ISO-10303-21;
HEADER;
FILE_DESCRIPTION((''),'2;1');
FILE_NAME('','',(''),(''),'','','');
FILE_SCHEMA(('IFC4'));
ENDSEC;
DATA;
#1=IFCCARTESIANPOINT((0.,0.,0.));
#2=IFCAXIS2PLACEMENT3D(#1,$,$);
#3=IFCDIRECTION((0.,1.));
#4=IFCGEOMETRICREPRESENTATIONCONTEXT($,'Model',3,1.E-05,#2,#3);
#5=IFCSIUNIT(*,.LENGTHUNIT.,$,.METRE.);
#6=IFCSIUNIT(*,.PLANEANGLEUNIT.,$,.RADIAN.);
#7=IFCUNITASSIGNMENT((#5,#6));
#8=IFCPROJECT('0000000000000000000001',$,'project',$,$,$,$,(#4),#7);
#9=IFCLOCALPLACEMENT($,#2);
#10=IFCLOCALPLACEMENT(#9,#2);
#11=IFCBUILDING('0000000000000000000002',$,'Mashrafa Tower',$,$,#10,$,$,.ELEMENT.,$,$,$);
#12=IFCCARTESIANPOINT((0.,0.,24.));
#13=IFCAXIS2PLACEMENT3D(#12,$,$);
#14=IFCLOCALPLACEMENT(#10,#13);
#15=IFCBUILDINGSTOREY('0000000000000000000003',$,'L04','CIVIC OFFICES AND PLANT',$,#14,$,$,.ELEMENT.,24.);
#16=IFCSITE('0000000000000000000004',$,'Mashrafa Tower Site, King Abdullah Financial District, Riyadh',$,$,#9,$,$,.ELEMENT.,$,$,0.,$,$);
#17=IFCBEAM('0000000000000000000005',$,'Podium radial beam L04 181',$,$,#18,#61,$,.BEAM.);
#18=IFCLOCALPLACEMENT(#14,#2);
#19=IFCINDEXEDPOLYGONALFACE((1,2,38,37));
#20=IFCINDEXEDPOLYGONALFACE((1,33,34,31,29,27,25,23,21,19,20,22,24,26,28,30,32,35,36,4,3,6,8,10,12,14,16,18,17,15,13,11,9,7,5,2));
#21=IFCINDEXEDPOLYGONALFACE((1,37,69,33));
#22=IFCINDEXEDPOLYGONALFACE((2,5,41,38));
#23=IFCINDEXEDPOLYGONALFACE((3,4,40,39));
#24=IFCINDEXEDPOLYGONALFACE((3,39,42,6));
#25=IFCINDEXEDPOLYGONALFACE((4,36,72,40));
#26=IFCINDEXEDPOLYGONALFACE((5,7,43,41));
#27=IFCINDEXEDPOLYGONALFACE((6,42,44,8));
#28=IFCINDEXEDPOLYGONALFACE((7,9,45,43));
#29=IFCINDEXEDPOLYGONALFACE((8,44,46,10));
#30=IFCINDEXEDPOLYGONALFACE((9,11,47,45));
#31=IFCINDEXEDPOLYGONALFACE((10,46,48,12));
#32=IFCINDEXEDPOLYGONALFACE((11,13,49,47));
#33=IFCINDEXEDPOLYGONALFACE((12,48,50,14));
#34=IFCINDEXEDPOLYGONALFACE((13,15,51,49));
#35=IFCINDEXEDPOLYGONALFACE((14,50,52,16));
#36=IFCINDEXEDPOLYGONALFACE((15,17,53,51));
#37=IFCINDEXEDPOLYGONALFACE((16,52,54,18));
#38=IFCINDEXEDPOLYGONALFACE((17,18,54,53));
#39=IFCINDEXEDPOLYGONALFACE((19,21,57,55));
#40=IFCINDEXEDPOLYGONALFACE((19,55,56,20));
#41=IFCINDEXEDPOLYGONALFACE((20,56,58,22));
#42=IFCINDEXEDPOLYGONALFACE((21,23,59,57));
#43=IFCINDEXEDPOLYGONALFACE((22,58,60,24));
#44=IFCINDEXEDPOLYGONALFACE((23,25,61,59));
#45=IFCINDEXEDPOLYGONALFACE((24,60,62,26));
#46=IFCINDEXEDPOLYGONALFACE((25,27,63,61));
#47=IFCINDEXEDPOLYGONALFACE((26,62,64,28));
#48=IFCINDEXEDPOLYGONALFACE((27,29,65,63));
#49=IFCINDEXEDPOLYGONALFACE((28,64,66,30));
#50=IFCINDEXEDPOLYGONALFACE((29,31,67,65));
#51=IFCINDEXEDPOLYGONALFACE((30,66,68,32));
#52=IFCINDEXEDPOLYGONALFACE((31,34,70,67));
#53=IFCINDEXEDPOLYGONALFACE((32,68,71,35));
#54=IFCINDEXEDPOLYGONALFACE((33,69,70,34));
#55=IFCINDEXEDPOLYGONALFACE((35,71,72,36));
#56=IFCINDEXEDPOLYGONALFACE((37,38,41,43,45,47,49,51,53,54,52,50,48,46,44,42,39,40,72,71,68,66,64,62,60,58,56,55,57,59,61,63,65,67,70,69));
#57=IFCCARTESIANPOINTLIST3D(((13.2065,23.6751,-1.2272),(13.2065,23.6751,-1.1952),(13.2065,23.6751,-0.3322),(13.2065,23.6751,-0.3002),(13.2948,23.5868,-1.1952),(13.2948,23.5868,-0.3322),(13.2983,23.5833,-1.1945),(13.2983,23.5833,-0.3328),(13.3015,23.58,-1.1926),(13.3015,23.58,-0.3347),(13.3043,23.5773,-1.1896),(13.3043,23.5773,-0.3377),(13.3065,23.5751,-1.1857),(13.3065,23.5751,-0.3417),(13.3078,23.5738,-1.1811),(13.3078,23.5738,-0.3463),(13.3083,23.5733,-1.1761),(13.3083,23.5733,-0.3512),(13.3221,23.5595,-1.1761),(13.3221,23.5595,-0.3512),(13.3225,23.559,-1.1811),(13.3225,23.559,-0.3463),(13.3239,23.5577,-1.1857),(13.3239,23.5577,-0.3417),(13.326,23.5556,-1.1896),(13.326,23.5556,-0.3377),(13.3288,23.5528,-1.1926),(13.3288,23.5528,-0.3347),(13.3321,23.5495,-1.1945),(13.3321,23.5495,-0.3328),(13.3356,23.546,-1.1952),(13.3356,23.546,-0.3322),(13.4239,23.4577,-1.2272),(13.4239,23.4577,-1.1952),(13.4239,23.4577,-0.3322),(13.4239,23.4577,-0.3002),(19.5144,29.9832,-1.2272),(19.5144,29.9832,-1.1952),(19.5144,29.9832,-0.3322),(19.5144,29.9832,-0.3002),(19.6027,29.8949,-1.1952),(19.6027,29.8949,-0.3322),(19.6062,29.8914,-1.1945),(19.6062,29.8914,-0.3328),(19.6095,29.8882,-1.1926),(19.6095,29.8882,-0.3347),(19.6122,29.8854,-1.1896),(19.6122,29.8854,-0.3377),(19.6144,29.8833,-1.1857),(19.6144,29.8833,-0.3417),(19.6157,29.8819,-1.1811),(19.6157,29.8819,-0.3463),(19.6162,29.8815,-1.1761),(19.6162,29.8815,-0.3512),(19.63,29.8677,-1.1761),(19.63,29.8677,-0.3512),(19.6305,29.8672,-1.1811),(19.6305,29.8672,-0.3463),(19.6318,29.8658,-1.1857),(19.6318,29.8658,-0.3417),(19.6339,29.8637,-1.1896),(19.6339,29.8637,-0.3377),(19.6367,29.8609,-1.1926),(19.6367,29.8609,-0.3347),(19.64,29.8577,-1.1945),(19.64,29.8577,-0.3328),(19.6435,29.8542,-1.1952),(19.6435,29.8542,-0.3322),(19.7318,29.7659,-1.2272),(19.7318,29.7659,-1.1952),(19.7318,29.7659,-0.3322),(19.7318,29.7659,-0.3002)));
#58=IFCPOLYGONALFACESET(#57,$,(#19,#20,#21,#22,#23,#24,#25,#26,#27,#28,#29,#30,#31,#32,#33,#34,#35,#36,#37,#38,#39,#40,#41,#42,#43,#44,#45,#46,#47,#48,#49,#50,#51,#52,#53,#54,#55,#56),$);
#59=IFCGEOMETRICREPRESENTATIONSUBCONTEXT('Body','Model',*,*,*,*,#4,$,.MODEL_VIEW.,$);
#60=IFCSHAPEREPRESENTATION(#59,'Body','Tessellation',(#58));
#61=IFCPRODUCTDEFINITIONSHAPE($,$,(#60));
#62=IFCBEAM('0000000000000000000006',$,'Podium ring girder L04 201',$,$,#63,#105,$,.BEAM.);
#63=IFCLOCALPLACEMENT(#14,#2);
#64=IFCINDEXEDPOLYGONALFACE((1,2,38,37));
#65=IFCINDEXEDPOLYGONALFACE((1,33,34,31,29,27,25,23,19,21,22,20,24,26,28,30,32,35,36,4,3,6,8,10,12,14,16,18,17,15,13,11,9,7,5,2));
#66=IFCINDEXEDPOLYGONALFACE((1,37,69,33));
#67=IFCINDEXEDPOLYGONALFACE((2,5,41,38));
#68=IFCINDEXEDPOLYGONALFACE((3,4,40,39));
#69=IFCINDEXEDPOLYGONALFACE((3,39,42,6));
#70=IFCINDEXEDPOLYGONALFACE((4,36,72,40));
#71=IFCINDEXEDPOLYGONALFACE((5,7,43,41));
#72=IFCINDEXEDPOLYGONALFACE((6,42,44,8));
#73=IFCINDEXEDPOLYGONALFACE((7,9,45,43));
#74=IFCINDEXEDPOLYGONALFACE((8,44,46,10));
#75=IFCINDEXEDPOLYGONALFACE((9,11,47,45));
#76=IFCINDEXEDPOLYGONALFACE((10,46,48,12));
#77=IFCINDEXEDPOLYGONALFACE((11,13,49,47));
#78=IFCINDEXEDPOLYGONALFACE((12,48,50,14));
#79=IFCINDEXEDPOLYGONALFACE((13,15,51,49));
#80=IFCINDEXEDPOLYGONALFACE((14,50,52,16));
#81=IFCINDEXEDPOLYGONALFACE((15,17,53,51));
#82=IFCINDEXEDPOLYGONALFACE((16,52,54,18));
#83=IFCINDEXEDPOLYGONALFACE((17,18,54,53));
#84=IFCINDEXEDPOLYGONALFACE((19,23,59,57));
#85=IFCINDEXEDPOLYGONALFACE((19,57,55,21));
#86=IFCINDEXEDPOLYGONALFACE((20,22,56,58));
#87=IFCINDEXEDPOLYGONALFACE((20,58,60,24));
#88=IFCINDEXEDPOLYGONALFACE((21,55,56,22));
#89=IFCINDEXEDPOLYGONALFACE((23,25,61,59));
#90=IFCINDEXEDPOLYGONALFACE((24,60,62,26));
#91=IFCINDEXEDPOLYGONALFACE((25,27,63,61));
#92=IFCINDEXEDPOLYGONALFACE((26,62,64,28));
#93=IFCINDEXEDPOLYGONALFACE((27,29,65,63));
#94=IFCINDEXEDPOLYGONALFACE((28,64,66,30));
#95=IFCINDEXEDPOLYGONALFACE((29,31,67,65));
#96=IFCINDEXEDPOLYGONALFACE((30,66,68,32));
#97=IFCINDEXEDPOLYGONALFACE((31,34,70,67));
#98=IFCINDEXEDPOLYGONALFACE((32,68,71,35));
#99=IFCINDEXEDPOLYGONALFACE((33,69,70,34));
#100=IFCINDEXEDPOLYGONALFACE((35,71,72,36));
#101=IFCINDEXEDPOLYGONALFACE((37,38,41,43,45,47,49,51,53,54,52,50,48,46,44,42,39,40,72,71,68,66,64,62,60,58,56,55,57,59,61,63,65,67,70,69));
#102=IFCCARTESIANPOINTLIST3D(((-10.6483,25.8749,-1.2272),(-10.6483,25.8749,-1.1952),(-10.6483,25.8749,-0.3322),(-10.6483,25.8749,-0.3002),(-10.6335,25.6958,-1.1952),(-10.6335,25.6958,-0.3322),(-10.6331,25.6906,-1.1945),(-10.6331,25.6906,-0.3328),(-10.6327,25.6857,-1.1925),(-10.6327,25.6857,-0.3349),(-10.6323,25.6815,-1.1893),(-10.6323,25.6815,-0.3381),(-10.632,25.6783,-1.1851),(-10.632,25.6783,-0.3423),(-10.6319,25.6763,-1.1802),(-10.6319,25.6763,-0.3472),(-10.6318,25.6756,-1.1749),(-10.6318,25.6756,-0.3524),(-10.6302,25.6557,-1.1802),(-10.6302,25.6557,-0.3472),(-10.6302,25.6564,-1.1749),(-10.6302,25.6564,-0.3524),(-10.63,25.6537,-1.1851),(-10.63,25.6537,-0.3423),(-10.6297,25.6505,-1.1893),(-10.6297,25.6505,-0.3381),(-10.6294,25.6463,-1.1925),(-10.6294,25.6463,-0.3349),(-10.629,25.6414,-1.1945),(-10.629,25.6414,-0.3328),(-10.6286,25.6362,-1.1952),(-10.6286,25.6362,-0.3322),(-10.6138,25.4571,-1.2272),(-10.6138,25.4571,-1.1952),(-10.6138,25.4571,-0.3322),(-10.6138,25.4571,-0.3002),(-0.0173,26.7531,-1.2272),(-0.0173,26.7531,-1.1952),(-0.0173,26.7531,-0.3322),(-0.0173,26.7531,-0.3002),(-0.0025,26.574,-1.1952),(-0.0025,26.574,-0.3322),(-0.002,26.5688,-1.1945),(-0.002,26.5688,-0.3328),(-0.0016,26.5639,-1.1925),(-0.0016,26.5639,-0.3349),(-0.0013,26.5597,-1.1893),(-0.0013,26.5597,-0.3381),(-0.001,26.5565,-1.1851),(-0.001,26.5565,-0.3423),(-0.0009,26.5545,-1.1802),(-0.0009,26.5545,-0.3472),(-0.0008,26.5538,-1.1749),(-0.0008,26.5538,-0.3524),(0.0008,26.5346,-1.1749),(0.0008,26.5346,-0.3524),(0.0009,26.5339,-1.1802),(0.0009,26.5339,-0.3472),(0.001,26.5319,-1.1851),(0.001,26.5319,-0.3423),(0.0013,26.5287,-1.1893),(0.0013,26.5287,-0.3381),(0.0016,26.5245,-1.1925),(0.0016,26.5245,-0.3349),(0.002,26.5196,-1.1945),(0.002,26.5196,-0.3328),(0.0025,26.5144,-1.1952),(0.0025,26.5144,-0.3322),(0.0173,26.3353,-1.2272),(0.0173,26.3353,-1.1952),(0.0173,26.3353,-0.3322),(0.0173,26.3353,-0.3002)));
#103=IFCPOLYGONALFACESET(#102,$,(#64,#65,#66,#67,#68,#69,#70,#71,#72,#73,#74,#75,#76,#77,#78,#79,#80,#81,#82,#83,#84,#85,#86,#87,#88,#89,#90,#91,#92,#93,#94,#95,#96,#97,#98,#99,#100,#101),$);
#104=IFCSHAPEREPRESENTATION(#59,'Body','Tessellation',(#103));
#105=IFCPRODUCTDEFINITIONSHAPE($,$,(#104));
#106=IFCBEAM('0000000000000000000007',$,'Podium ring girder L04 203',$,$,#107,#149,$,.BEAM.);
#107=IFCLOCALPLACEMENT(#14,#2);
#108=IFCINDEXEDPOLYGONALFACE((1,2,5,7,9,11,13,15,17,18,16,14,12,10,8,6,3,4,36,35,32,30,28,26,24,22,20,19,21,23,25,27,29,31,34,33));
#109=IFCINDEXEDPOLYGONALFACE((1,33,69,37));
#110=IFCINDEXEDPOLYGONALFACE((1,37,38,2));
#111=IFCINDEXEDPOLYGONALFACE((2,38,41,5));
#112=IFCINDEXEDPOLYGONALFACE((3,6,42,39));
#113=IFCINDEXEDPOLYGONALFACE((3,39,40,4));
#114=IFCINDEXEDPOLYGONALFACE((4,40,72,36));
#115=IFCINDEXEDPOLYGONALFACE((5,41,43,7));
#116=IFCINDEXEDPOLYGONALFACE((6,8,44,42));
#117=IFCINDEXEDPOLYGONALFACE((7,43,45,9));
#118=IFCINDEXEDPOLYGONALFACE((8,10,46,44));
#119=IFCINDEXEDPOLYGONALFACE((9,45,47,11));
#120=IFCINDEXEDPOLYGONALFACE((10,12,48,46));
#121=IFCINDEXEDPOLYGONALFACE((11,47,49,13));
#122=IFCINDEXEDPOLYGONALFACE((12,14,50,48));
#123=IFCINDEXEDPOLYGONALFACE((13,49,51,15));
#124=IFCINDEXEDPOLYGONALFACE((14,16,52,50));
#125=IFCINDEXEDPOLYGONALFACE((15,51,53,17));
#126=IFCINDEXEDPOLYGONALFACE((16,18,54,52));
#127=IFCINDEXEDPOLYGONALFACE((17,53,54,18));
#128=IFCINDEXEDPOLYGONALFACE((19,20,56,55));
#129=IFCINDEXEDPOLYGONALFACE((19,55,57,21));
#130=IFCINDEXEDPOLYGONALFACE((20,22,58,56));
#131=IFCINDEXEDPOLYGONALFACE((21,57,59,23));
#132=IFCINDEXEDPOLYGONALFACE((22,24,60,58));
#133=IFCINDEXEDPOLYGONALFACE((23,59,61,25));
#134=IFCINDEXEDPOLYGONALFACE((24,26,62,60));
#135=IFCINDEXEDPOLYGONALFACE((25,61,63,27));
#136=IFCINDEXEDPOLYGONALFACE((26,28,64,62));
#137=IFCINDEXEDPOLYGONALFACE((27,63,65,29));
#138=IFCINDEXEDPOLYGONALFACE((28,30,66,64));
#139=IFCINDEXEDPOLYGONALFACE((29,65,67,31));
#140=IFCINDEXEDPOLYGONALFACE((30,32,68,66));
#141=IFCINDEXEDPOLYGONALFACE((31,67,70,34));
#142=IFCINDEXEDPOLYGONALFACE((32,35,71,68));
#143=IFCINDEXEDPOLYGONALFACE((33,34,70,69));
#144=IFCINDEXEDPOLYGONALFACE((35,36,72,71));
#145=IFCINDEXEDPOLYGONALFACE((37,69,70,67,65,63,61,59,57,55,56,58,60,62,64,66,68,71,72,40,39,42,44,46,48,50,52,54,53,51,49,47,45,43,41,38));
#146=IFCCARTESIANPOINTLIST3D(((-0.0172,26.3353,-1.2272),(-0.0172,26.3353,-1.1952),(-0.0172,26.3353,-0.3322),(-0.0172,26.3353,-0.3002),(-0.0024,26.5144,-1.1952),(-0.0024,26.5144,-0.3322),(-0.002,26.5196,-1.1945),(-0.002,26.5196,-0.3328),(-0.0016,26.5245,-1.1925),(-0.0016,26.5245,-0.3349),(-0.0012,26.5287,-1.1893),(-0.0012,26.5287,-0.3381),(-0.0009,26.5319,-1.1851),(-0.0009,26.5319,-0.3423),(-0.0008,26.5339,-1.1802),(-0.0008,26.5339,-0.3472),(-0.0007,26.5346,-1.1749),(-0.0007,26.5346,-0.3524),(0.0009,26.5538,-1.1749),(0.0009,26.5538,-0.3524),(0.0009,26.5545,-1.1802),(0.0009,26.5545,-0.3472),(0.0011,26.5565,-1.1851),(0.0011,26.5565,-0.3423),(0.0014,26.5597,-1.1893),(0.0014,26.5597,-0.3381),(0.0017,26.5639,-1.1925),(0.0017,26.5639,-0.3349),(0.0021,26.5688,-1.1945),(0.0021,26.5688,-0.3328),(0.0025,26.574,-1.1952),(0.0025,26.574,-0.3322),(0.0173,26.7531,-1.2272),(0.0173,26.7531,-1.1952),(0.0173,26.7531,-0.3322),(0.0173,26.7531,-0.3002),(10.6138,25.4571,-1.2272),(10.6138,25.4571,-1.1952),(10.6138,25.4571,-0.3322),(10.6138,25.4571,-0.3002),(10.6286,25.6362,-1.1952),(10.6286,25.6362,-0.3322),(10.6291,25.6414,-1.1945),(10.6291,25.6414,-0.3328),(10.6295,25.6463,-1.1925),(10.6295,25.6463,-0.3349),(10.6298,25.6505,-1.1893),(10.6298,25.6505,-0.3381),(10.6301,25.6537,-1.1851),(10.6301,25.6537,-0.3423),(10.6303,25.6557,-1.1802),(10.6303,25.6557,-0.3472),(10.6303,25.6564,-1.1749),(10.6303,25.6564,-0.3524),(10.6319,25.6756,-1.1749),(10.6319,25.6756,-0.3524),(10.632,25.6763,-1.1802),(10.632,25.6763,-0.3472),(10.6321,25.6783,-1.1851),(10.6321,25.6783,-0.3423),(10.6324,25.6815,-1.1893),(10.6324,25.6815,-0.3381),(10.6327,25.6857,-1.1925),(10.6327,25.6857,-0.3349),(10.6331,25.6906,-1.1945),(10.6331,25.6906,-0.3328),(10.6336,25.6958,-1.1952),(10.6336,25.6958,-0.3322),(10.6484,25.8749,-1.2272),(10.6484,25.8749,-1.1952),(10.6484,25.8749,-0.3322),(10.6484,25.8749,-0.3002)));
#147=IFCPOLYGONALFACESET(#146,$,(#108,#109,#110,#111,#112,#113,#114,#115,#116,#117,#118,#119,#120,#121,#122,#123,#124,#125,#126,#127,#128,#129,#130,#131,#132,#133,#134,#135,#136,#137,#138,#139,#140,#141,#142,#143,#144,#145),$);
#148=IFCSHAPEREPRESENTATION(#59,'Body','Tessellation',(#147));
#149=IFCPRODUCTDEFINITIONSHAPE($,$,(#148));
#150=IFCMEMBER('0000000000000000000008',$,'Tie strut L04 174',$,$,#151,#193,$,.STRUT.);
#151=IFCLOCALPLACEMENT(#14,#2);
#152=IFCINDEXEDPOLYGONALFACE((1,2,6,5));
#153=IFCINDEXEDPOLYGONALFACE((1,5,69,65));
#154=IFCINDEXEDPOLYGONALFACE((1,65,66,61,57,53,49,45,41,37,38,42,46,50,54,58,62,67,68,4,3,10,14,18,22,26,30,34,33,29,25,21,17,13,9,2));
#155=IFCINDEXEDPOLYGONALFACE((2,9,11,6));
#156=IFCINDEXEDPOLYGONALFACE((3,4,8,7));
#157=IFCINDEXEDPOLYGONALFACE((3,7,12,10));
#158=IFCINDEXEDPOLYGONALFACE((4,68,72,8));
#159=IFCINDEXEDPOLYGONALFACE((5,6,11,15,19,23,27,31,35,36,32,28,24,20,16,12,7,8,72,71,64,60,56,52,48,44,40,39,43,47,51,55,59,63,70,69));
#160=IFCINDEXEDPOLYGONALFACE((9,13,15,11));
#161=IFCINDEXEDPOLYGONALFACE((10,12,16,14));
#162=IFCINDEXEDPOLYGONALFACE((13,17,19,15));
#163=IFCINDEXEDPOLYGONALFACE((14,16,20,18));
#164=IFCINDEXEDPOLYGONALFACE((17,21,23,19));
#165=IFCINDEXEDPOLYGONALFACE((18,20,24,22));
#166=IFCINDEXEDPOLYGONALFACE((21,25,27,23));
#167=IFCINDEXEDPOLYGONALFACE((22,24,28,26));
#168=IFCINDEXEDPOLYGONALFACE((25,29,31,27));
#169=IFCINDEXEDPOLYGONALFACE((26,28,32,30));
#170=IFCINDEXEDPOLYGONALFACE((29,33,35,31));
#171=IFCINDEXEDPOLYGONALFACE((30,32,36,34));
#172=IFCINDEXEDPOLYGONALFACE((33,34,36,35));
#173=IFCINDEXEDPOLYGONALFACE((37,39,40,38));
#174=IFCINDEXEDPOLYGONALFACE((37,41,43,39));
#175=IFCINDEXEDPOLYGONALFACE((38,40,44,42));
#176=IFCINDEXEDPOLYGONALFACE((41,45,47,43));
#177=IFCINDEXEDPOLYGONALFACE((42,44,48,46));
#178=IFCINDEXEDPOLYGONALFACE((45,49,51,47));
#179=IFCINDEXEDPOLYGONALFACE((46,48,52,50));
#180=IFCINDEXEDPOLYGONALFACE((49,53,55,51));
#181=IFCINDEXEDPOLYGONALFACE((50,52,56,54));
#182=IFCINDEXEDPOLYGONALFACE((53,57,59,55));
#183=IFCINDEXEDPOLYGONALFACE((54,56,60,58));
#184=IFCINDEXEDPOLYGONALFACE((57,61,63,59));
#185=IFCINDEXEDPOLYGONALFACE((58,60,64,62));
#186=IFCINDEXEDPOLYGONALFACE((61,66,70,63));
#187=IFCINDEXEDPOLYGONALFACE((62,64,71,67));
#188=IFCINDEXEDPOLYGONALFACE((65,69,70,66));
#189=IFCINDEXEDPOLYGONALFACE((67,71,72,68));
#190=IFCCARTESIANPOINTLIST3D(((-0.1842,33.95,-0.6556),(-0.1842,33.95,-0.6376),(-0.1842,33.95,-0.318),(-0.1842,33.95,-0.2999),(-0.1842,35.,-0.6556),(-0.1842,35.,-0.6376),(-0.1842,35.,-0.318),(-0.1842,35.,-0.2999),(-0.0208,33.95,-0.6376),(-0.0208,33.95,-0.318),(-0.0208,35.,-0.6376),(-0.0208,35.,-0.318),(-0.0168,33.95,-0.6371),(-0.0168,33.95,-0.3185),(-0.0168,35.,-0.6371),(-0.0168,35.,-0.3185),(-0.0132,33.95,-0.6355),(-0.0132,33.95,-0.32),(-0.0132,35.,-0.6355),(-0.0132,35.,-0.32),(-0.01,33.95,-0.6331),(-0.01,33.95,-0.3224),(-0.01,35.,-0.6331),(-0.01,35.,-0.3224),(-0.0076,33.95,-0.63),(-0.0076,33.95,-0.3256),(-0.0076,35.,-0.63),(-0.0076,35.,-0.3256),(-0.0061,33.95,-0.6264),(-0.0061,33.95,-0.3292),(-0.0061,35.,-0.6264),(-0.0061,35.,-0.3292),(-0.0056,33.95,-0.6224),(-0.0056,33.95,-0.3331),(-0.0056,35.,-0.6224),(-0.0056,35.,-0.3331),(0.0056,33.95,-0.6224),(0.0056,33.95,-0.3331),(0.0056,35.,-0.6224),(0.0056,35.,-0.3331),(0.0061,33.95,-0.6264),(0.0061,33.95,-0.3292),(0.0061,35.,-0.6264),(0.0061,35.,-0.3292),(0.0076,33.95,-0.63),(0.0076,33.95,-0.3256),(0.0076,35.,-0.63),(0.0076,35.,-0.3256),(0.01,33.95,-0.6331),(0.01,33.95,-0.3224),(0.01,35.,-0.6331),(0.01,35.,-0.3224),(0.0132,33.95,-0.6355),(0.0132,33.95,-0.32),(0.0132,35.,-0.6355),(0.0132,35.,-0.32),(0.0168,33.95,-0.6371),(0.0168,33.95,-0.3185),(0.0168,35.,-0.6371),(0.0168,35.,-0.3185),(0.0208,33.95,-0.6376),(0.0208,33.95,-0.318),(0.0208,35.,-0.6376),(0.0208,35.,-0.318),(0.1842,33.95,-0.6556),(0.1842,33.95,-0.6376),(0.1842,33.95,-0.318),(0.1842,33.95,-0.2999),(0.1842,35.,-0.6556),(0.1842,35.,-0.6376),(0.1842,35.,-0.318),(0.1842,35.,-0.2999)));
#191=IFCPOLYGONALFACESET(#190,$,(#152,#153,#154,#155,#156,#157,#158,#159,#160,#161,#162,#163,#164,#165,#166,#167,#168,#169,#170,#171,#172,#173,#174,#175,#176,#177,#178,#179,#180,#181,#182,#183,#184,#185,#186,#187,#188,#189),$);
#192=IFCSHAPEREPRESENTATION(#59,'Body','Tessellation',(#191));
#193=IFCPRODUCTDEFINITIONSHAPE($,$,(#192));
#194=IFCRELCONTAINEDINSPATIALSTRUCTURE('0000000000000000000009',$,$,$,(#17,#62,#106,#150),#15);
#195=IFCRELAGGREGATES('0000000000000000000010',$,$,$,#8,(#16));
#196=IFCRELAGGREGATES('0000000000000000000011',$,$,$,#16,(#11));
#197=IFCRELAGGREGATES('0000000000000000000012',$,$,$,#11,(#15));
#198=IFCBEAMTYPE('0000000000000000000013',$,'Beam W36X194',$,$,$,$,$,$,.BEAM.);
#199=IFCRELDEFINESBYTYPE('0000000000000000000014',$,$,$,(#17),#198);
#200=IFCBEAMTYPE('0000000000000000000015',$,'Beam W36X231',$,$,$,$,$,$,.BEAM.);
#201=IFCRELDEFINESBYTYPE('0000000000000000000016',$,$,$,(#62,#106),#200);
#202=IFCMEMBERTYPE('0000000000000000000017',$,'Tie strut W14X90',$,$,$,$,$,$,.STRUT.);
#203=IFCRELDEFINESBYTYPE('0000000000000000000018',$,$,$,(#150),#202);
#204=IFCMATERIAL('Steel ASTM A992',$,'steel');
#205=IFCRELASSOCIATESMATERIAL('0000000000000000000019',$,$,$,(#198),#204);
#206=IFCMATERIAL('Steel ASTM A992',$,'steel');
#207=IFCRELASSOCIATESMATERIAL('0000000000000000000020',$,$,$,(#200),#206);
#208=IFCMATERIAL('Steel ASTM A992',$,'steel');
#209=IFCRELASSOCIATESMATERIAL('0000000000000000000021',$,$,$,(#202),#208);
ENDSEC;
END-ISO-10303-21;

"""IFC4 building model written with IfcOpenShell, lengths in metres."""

from ifc_helpers import new_model, si_unit, direction, frame, origin, origin_2d, place, context, subcontext, project, spatial, i_section, extrude, source, transform, mapped, material, material_profile, profile_set, type_object, element, save


model = new_model("IFC4")

# Units and contexts
model_context = context("Model", 3, precision=1e-05, world=origin(), true_north=direction((0.0, 1.0)))
body_context = subcontext(model_context, "Body", "Model", "MODEL_VIEW")
ifc_project = project(units=[si_unit("LENGTHUNIT", "METRE"), si_unit("PLANEANGLEUNIT", "RADIAN")], contexts=[model_context])

# Site, building, storey
site_placement = place(None, origin())
site = spatial("IfcSite", under=ifc_project, at=site_placement, Name="Mashrafa Tower Site, King Abdullah Financial District, Riyadh", CompositionType="ELEMENT", RefElevation=0.0)
building_placement = place(site_placement, origin())
building = spatial("IfcBuilding", under=site, at=building_placement, Name="Mashrafa Tower", CompositionType="ELEMENT")
storey_placement = place(building_placement, frame((0.0, 0.0, 24.0)))
storey = spatial("IfcBuildingStorey", under=building, at=storey_placement, Name="L04", Description="CIVIC OFFICES AND PLANT", CompositionType="ELEMENT", Elevation=24.0)

# Beams
ifc_material_1 = material(Name="Steel ASTM A992", Category="steel")
ifc_material_profile_1 = material_profile(ifc_material_1, i_section(OverallWidth=0.3074, OverallDepth=0.927, WebThickness=0.0195, FlangeThickness=0.032, FilletRadius=0.019, at=origin_2d()), Name="W36X194")
ifc_profile_set_1 = profile_set([ifc_material_profile_1], Name="Steel ASTM A992")
beam_type_1 = type_object("IfcBeamType", Name="Beam W36X194", PredefinedType="BEAM", material=ifc_profile_set_1)
beam_1_placement = place(storey_placement, frame((13.3152, 23.5664, -0.7637), z_axis=(0.707093, 0.70712, 0.0), x_axis=(-0.70712, 0.707093, 0.0)))
element("IfcBeam", 1, at=beam_1_placement, inside=storey, type_object=beam_type_1, Name="Podium radial beam L04 181", PredefinedType="BEAM", context=body_context, shape_type="SweptSolid", body=[
    extrude(i_section(OverallWidth=0.3074, OverallDepth=0.927, WebThickness=0.0195, FlangeThickness=0.032, FilletRadius=0.019, at=origin_2d()), origin(), (0.0, 0.0, 1.0), 8.9209),
])
ifc_material_2 = material(Name="Steel ASTM A992", Category="steel")
ifc_material_profile_2 = material_profile(ifc_material_2, i_section(OverallWidth=0.4192, OverallDepth=0.927, WebThickness=0.0193, FlangeThickness=0.032, FilletRadius=0.0203, at=origin_2d()), Name="W36X231")
ifc_profile_set_2 = profile_set([ifc_material_profile_2], Name="Steel ASTM A992")
beam_type_2 = type_object("IfcBeamType", Name="Beam W36X231", PredefinedType="BEAM", material=ifc_profile_set_2)
for number, where, z_axis, x_axis, name in (
    (2, (0.0, 26.5442, -0.7637), (-0.996606, -0.082324, 0.0), (0.082324, -0.996606, 0.0), "Podium ring girder L04 201"),
    (3, (10.6311, 25.666, -0.7637), (-0.996606, 0.082324, 0.0), (-0.082324, -0.996606, 0.0), "Podium ring girder L04 203"),
):
    element("IfcBeam", number, at=place(storey_placement, frame(where, z_axis=z_axis, x_axis=x_axis)), inside=storey, type_object=beam_type_2, Name=name, PredefinedType="BEAM", context=body_context, shape_type="SweptSolid", body=[
        extrude(i_section(OverallWidth=0.4192, OverallDepth=0.927, WebThickness=0.0193, FlangeThickness=0.032, FilletRadius=0.0203, at=origin_2d()), origin(), (0.0, 0.0, 1.0), 10.6672),
    ])

# Member
ifc_material_3 = material(Name="Steel ASTM A992", Category="steel")
ifc_material_profile_3 = material_profile(ifc_material_3, i_section(OverallWidth=0.3684, OverallDepth=0.3557, WebThickness=0.0112, FlangeThickness=0.0181, FilletRadius=0.0151, at=origin_2d()), Name="W14X90")
ifc_profile_set_3 = profile_set([ifc_material_profile_3], Name="Steel ASTM A992")
member_type = type_object("IfcMemberType", Name="Tie strut W14X90", PredefinedType="STRUT", material=ifc_profile_set_3)
shared_shape_1 = source(origin(), body_context, "Body", "SweptSolid", [
    extrude(i_section(OverallWidth=0.3684, OverallDepth=0.3557, WebThickness=0.0112, FlangeThickness=0.0181, FilletRadius=0.0151, at=origin_2d()), origin(), (0.0, 0.0, 1.0), 1.05),
])
member_1_placement = place(storey_placement, frame((0.0, 33.95, -0.4778), z_axis=(0.0, 1.0, 0.0), x_axis=(-1.0, 0.0, 0.0)))
element("IfcMember", 4, at=member_1_placement, inside=storey, type_object=member_type, Name="Tie strut L04 174", PredefinedType="STRUT", context=body_context, shape_type="MappedRepresentation", body=[
    mapped(shared_shape_1, transform((0.0, 0.0, 0.0))),
])

save(model, "model.ifc")
